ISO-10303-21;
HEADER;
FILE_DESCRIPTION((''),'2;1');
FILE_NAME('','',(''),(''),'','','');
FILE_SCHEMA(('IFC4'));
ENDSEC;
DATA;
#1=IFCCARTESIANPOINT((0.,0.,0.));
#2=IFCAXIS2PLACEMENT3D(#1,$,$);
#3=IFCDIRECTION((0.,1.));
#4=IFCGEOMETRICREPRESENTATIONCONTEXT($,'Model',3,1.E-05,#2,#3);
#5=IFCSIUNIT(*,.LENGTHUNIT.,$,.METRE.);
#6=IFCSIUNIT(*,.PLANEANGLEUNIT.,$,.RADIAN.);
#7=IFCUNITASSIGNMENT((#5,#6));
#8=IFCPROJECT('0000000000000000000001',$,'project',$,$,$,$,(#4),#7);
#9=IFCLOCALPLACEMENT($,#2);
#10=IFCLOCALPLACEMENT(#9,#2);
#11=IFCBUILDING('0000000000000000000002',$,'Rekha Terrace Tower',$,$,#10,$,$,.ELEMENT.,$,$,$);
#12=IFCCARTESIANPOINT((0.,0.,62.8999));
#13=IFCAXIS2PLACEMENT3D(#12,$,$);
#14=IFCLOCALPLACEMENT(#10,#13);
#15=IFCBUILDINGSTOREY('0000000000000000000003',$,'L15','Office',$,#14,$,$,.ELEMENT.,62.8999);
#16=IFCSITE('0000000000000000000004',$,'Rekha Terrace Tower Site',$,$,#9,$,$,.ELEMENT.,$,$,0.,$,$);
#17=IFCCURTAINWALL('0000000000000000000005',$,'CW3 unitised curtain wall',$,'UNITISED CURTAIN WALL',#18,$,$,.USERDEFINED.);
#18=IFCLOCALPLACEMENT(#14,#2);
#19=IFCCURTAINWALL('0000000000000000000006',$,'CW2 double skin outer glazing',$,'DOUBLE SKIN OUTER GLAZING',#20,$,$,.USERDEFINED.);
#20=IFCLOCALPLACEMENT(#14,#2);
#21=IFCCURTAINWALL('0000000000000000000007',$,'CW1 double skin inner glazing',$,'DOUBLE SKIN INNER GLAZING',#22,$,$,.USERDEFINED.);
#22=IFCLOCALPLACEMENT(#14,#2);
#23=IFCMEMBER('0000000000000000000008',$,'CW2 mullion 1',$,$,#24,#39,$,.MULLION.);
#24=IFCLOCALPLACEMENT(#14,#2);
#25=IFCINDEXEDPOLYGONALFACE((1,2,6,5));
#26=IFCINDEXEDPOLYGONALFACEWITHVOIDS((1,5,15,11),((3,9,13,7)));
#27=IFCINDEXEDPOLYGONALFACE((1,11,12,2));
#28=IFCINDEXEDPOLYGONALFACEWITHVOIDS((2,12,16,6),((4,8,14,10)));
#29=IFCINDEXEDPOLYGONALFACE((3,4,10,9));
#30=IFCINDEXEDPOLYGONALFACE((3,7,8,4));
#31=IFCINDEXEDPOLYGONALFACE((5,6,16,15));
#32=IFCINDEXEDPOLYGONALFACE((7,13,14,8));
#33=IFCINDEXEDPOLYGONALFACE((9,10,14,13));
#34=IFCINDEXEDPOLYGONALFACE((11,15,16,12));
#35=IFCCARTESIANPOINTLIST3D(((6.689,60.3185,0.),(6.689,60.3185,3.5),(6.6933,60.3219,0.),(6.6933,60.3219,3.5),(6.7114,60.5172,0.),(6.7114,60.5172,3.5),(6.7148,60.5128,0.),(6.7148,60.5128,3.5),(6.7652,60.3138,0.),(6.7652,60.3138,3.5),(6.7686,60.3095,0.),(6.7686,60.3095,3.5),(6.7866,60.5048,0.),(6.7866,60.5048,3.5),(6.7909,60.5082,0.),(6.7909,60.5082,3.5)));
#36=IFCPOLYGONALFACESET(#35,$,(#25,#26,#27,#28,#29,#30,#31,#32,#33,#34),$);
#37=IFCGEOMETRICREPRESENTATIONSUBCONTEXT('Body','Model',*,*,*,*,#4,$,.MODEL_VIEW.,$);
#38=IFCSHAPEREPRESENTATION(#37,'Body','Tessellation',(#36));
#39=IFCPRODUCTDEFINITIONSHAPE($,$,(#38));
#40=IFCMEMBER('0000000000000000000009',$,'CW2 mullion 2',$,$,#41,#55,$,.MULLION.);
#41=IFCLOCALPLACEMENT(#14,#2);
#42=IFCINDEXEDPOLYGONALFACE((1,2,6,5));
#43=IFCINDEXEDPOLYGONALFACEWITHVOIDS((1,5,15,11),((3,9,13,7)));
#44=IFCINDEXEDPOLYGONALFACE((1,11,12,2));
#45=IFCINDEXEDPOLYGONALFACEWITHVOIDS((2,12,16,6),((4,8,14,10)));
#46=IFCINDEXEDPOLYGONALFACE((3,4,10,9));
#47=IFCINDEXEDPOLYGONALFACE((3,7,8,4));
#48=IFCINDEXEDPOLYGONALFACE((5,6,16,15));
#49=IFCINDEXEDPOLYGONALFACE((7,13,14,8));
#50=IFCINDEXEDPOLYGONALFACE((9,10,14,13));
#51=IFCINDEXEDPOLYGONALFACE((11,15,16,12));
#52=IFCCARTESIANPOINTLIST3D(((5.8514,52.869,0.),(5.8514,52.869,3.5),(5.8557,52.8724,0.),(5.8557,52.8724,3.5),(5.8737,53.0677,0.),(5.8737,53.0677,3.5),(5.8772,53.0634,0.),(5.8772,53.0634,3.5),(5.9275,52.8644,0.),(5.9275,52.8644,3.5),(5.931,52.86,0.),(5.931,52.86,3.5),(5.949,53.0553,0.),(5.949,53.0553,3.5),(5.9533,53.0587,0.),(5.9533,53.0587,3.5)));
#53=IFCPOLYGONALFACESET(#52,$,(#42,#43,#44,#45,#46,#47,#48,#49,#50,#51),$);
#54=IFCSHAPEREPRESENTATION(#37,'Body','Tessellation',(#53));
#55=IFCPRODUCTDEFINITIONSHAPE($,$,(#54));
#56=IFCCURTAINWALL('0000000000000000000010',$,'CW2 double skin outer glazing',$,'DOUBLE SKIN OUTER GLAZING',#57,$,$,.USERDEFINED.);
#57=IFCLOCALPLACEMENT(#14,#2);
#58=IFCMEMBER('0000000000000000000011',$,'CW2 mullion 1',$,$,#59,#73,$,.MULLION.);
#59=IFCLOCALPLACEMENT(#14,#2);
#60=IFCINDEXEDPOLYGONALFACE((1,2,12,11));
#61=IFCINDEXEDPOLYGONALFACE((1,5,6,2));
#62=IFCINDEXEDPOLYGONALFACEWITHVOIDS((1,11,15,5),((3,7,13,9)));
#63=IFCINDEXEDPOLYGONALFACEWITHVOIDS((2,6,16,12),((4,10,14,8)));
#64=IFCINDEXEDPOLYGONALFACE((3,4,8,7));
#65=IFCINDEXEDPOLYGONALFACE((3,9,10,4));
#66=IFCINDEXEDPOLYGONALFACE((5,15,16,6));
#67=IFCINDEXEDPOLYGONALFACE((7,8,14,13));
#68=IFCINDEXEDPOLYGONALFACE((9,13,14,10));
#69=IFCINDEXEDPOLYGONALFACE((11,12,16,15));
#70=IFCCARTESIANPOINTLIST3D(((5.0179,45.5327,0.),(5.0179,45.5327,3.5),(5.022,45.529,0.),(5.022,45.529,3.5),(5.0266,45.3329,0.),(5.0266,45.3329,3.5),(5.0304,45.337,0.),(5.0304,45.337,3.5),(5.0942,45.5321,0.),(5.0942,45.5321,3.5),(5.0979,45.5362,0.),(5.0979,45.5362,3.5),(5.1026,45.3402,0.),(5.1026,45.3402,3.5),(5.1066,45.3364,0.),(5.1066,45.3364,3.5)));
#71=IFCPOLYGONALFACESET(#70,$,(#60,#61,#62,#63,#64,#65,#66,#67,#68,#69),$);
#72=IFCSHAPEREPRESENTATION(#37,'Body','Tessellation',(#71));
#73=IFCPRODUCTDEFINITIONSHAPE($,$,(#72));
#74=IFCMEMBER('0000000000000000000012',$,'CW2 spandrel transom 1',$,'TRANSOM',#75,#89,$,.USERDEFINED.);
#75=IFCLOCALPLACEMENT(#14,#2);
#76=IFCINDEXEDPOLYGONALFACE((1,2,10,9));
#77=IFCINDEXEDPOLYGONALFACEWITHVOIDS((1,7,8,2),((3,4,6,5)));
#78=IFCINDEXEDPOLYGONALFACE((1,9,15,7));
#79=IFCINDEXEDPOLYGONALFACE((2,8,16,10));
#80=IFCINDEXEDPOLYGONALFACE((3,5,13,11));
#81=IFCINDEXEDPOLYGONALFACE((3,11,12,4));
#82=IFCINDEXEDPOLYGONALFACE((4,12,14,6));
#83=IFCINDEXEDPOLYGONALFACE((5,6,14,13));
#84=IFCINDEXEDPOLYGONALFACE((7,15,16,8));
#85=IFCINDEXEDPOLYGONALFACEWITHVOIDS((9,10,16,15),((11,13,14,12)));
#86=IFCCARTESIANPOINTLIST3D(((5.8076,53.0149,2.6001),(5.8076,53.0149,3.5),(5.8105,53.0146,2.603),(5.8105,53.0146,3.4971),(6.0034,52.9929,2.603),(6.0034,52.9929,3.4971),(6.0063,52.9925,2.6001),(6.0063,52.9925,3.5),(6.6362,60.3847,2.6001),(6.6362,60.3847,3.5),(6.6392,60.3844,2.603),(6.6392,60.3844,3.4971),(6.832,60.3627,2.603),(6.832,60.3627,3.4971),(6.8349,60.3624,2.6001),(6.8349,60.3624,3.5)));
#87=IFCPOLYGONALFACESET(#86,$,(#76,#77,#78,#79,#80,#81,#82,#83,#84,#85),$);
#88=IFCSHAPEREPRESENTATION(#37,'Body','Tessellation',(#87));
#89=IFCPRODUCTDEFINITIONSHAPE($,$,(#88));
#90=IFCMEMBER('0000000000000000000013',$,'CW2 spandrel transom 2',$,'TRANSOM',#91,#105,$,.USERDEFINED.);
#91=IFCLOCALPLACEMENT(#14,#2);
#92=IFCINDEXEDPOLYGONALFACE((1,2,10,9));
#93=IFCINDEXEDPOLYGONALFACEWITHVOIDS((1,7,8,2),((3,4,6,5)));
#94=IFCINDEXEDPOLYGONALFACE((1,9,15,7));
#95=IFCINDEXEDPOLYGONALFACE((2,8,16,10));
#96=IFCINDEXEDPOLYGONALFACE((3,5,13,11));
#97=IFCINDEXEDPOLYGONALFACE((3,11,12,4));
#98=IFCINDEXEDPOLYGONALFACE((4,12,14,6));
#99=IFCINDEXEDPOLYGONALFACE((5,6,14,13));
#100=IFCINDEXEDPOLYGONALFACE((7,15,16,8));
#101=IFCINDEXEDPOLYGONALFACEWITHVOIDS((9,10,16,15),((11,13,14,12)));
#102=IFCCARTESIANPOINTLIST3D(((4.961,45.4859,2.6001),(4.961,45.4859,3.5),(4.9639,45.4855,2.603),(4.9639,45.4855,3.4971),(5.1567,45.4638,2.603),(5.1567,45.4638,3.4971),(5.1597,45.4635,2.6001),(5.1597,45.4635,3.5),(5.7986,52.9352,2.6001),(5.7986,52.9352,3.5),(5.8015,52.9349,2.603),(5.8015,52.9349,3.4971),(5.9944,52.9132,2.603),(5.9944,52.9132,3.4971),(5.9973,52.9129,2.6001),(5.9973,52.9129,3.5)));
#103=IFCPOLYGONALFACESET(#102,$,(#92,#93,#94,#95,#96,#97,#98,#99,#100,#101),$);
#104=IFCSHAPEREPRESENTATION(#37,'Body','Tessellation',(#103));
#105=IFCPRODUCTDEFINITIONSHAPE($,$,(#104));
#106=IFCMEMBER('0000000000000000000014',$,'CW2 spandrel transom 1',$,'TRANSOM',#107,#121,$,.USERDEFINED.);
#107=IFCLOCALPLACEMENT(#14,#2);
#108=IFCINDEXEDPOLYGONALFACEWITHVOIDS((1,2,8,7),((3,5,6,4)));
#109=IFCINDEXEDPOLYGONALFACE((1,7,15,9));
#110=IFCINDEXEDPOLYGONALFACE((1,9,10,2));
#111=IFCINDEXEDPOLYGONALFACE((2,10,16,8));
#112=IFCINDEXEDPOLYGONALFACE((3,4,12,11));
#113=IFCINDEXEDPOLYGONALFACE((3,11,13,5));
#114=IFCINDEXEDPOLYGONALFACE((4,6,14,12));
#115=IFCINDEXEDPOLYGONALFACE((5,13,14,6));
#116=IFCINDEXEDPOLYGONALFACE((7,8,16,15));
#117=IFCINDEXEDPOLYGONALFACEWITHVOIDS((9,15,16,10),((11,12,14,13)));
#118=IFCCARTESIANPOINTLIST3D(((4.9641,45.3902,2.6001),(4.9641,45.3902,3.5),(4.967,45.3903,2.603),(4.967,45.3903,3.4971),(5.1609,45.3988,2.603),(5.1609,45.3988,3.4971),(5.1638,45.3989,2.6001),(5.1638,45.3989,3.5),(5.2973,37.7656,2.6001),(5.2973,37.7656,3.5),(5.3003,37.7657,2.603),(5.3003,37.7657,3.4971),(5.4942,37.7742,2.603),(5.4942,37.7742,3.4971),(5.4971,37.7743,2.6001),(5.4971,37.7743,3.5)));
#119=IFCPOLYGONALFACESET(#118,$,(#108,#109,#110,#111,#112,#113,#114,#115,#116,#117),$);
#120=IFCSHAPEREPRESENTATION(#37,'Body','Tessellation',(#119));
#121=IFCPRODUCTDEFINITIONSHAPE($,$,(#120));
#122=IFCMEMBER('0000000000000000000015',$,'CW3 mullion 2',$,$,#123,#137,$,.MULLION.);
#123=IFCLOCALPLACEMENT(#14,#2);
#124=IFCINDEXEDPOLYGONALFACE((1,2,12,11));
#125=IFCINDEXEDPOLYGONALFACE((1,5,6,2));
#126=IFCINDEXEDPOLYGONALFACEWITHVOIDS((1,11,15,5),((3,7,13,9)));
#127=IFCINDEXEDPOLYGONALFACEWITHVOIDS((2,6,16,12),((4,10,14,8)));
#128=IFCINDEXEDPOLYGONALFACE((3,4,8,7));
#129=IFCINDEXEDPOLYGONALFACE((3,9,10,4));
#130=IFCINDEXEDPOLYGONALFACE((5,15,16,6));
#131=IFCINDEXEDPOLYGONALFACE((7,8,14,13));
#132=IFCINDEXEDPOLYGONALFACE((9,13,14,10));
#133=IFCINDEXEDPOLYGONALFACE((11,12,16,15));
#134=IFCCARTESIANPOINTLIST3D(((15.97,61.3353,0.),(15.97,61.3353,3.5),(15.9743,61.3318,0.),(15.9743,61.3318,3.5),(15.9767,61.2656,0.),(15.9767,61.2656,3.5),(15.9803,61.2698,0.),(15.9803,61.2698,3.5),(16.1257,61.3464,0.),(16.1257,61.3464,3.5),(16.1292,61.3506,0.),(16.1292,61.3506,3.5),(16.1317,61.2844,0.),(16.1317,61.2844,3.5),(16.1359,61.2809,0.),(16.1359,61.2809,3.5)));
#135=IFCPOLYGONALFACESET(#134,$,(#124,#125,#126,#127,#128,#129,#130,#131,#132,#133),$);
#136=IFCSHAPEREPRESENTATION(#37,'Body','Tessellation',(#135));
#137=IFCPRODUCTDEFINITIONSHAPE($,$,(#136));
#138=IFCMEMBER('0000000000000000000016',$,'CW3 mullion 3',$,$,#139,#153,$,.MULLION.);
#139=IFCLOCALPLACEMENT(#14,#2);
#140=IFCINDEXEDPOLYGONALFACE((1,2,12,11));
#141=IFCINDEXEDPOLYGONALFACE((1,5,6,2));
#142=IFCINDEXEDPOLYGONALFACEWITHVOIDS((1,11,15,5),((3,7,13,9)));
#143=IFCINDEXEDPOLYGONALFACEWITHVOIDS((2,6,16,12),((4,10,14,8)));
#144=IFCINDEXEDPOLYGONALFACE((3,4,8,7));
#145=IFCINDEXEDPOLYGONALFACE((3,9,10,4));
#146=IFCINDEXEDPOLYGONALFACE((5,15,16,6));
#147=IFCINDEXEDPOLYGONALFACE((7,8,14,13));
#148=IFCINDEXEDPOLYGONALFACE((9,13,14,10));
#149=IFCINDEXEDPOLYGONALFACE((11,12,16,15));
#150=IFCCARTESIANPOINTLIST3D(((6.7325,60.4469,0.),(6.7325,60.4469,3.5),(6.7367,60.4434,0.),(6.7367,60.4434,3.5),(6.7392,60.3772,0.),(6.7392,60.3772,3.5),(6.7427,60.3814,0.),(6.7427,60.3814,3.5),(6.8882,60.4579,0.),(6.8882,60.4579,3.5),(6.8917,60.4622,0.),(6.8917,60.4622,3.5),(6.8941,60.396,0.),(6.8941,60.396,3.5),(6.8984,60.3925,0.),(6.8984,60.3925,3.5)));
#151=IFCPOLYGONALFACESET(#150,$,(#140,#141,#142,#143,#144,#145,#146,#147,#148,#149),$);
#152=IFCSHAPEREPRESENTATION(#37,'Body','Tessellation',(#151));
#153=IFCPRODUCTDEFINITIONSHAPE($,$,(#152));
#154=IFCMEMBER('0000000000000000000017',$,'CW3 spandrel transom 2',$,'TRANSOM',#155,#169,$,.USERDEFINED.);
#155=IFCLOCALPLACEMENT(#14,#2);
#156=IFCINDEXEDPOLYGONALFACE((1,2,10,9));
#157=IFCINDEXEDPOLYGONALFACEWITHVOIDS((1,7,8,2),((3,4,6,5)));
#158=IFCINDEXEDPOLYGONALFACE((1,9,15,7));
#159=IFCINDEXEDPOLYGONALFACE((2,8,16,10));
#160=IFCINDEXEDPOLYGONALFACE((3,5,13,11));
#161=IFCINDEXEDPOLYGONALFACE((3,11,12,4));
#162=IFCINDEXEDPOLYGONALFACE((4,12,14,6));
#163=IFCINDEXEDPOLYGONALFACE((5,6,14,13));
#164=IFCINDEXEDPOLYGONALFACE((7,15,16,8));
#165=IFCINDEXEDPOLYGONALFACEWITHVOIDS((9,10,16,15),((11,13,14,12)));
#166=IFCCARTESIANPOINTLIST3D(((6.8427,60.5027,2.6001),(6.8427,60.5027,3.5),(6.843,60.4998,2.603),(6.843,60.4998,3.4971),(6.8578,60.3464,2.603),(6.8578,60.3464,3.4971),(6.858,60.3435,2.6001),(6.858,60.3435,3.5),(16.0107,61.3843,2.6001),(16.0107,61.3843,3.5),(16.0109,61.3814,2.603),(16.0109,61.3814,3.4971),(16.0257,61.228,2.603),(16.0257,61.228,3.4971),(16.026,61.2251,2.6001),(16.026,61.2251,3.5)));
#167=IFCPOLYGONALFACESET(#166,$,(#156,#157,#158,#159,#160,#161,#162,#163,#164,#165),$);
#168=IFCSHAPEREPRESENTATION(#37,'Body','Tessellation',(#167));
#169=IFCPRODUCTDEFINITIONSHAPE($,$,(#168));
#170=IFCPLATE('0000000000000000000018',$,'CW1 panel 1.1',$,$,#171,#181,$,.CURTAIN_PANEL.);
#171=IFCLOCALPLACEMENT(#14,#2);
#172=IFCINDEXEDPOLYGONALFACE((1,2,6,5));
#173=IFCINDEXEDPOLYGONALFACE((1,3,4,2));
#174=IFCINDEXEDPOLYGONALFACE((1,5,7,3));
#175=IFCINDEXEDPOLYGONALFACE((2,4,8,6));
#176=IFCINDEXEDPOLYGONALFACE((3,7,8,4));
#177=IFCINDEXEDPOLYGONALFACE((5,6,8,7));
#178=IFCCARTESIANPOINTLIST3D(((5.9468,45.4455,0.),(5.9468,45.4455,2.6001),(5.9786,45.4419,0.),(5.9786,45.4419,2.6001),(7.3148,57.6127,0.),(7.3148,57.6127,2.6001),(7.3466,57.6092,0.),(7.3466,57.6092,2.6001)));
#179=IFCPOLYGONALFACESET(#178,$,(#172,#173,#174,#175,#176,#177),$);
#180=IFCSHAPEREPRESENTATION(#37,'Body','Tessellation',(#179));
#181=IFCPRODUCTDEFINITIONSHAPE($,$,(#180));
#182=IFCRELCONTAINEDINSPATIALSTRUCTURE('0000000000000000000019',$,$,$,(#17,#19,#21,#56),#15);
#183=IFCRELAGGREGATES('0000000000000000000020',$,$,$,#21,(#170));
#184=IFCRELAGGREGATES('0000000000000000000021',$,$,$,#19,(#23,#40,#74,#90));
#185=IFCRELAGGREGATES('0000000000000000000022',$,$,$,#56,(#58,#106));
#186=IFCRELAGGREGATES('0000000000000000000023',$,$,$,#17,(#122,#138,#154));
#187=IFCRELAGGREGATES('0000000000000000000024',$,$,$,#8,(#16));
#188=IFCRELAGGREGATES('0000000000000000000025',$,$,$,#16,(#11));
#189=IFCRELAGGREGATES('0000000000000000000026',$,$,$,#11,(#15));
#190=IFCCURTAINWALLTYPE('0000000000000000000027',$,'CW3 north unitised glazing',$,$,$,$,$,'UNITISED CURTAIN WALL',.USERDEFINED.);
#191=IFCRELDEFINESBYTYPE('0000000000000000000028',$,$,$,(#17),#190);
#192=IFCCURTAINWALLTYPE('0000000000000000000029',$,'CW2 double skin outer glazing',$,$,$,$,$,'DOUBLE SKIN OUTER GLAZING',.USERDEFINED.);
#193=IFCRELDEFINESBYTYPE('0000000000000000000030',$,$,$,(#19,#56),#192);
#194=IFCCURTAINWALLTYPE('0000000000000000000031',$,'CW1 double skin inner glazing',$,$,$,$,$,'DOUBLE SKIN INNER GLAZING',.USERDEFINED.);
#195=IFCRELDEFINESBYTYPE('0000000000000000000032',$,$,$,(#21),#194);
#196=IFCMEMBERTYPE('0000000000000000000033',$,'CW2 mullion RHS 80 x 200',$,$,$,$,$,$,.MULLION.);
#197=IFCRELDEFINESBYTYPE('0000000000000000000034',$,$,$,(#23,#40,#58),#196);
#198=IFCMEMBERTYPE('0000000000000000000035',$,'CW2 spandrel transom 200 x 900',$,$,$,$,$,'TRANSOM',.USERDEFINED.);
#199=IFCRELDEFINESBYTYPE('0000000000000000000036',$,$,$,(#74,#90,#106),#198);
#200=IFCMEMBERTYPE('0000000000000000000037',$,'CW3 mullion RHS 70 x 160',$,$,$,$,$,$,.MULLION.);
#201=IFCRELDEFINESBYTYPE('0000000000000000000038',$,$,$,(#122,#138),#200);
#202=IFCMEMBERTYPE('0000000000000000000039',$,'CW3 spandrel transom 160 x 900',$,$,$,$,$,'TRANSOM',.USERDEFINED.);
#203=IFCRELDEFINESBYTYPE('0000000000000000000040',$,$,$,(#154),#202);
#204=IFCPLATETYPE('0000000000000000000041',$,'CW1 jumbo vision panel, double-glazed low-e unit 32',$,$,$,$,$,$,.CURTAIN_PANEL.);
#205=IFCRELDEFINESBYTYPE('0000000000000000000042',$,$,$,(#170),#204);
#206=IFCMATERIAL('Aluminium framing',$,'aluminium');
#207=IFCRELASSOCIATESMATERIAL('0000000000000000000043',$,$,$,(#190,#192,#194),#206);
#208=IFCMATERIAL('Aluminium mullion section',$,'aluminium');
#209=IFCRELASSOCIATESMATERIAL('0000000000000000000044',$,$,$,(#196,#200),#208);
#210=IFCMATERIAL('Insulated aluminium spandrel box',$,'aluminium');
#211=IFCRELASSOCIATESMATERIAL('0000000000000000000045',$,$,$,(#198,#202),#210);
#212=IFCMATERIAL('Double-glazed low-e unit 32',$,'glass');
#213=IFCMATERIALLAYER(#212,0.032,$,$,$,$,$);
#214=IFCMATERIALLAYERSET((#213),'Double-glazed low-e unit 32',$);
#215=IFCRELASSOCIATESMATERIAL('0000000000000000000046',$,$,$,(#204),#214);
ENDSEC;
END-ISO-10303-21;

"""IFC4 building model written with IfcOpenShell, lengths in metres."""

from ifc_helpers import new_model, si_unit, direction, frame, origin, origin_2d, place, context, subcontext, project, spatial, rectangle, hollow_rectangle, extrude, material, layer, layer_set, material_profile, profile_set, type_object, element, aggregate, save


model = new_model("IFC4")

# Units and contexts
model_context = context("Model", 3, precision=1e-05, world=origin(), true_north=direction((0.0, 1.0)))
body_context = subcontext(model_context, "Body", "Model", "MODEL_VIEW")
ifc_project = project(units=[si_unit("LENGTHUNIT", "METRE"), si_unit("PLANEANGLEUNIT", "RADIAN")], contexts=[model_context])

# Site, building, storey
site_placement = place(None, origin())
site = spatial("IfcSite", under=ifc_project, at=site_placement, Name="Rekha Terrace Tower Site", CompositionType="ELEMENT", RefElevation=0.0)
building_placement = place(site_placement, origin())
building = spatial("IfcBuilding", under=site, at=building_placement, Name="Rekha Terrace Tower", CompositionType="ELEMENT")
storey_placement = place(building_placement, frame((0.0, 0.0, 62.8999)))
storey = spatial("IfcBuildingStorey", under=building, at=storey_placement, Name="L15", Description="Office", CompositionType="ELEMENT", Elevation=62.8999)

# Curtain walls
ifc_material_1 = material(Name="Aluminium framing", Category="aluminium")
curtain_wall_type_1 = type_object("IfcCurtainWallType", Name="CW3 north unitised glazing", ElementType="UNITISED CURTAIN WALL", PredefinedType="USERDEFINED", material=ifc_material_1)
curtain_wall_1_placement = place(storey_placement, origin())
curtain_wall_1 = element("IfcCurtainWall", 1, at=curtain_wall_1_placement, inside=storey, type_object=curtain_wall_type_1, Name="CW3 unitised curtain wall", ObjectType="UNITISED CURTAIN WALL", PredefinedType="USERDEFINED")
curtain_wall_type_2 = type_object("IfcCurtainWallType", Name="CW2 double skin outer glazing", ElementType="DOUBLE SKIN OUTER GLAZING", PredefinedType="USERDEFINED", material=ifc_material_1)
curtain_wall_2_placement = place(storey_placement, origin())
curtain_wall_2 = element("IfcCurtainWall", 2, at=curtain_wall_2_placement, inside=storey, type_object=curtain_wall_type_2, Name="CW2 double skin outer glazing", ObjectType="DOUBLE SKIN OUTER GLAZING", PredefinedType="USERDEFINED")
curtain_wall_type_3 = type_object("IfcCurtainWallType", Name="CW1 double skin inner glazing", ElementType="DOUBLE SKIN INNER GLAZING", PredefinedType="USERDEFINED", material=ifc_material_1)
curtain_wall_3_placement = place(storey_placement, origin())
curtain_wall_3 = element("IfcCurtainWall", 3, at=curtain_wall_3_placement, inside=storey, type_object=curtain_wall_type_3, Name="CW1 double skin inner glazing", ObjectType="DOUBLE SKIN INNER GLAZING", PredefinedType="USERDEFINED")
ifc_material_2 = material(Name="Aluminium mullion section", Category="aluminium")

# Members
ifc_material_3 = material(Name="Insulated aluminium spandrel box", Category="aluminium")
ifc_material_profile_1 = material_profile(ifc_material_2, hollow_rectangle(XDim=0.0801, YDim=0.2, WallThickness=0.0039, at=origin_2d()), Name="AL RHS 80x200")
ifc_profile_set_1 = profile_set([ifc_material_profile_1], Name="Aluminium mullion section")
member_type_1 = type_object("IfcMemberType", Name="CW2 mullion RHS 80 x 200", PredefinedType="MULLION", material=ifc_profile_set_1)
member_1_placement = place(storey_placement, frame((6.74, 60.4133, 0.0), z_axis=(0.0, 0.0, 1.0), x_axis=(0.993739, -0.11173, 0.0)))
member_1 = element("IfcMember", 4, at=member_1_placement, type_object=member_type_1, Name="CW2 mullion 1", PredefinedType="MULLION", context=body_context, shape_type="SweptSolid", body=[
    extrude(hollow_rectangle(XDim=0.0801, YDim=0.2, WallThickness=0.0039, at=origin_2d()), origin(), (0.0, 0.0, 1.0), 3.5),
])
member_2_placement = place(storey_placement, frame((5.9023, 52.9639, 0.0), z_axis=(0.0, 0.0, 1.0), x_axis=(0.993739, -0.11173, 0.0)))
member_2 = element("IfcMember", 5, at=member_2_placement, type_object=member_type_1, Name="CW2 mullion 2", PredefinedType="MULLION", context=body_context, shape_type="SweptSolid", body=[
    extrude(hollow_rectangle(XDim=0.0801, YDim=0.2, WallThickness=0.0039, at=origin_2d()), origin(), (0.0, 0.0, 1.0), 3.5),
])

# Curtain wall, member
curtain_wall_4_placement = place(storey_placement, origin())
curtain_wall_4 = element("IfcCurtainWall", 6, at=curtain_wall_4_placement, inside=storey, type_object=curtain_wall_type_2, Name="CW2 double skin outer glazing", ObjectType="DOUBLE SKIN OUTER GLAZING", PredefinedType="USERDEFINED")
member_3_placement = place(storey_placement, frame((5.0623, 45.4346, 0.0), z_axis=(0.0, 0.0, 1.0), x_axis=(0.999045, 0.043683, 0.0)))
member_3 = element("IfcMember", 7, at=member_3_placement, type_object=member_type_1, Name="CW2 mullion 1", PredefinedType="MULLION", context=body_context, shape_type="SweptSolid", body=[
    extrude(hollow_rectangle(XDim=0.0801, YDim=0.2, WallThickness=0.0039, at=origin_2d()), origin(), (0.0, 0.0, 1.0), 3.5),
])

# Members
ifc_material_profile_2 = material_profile(ifc_material_3, hollow_rectangle(XDim=0.2, YDim=0.8999, WallThickness=0.0029, at=origin_2d()), Name="AL SPANDREL BOX 200x900")
ifc_profile_set_2 = profile_set([ifc_material_profile_2], Name="Insulated aluminium spandrel box")
member_type_2 = type_object("IfcMemberType", Name="CW2 spandrel transom 200 x 900", ElementType="TRANSOM", PredefinedType="USERDEFINED", material=ifc_profile_set_2)
member_4_placement = place(storey_placement, frame((6.7356, 60.3735, 3.05), z_axis=(-0.111729, -0.993739, 0.0), x_axis=(0.993739, -0.111729, 0.0)))
member_4 = element("IfcMember", 8, at=member_4_placement, type_object=member_type_2, Name="CW2 spandrel transom 1", ObjectType="TRANSOM", PredefinedType="USERDEFINED", context=body_context, shape_type="SweptSolid", body=[
    extrude(hollow_rectangle(XDim=0.2, YDim=0.8999, WallThickness=0.0029, at=origin_2d()), origin(), (0.0, 0.0, 1.0), 7.4163),
])
member_5_placement = place(storey_placement, frame((5.8979, 52.9241, 3.05), z_axis=(-0.11174, -0.993738, 0.0), x_axis=(0.993738, -0.11174, 0.0)))
member_5 = element("IfcMember", 9, at=member_5_placement, type_object=member_type_2, Name="CW2 spandrel transom 2", ObjectType="TRANSOM", PredefinedType="USERDEFINED", context=body_context, shape_type="SweptSolid", body=[
    extrude(hollow_rectangle(XDim=0.2, YDim=0.8999, WallThickness=0.0029, at=origin_2d()), origin(), (0.0, 0.0, 1.0), 7.4963),
])
member_6_placement = place(storey_placement, frame((5.064, 45.3945, 3.05), z_axis=(0.043666, -0.999046, 0.0), x_axis=(0.999046, 0.043666, 0.0)))
member_6 = element("IfcMember", 10, at=member_6_placement, type_object=member_type_2, Name="CW2 spandrel transom 1", ObjectType="TRANSOM", PredefinedType="USERDEFINED", context=body_context, shape_type="SweptSolid", body=[
    extrude(hollow_rectangle(XDim=0.2, YDim=0.8999, WallThickness=0.0029, at=origin_2d()), origin(), (0.0, 0.0, 1.0), 7.6318),
])
ifc_material_profile_3 = material_profile(ifc_material_2, hollow_rectangle(XDim=0.0701, YDim=0.1599, WallThickness=0.0039, at=origin_2d()), Name="AL RHS 70x160")
ifc_profile_set_3 = profile_set([ifc_material_profile_3], Name="Aluminium mullion section")
member_type_3 = type_object("IfcMemberType", Name="CW3 mullion RHS 70 x 160", PredefinedType="MULLION", material=ifc_profile_set_3)
member_7_placement = place(storey_placement, frame((16.053, 61.3081, 0.0), z_axis=(0.0, 0.0, 1.0), x_axis=(0.095712, -0.995409, 0.0)))
member_7 = element("IfcMember", 11, at=member_7_placement, type_object=member_type_3, Name="CW3 mullion 2", PredefinedType="MULLION", context=body_context, shape_type="SweptSolid", body=[
    extrude(hollow_rectangle(XDim=0.0701, YDim=0.1599, WallThickness=0.0039, at=origin_2d()), origin(), (0.0, 0.0, 1.0), 3.5),
])
member_8_placement = place(storey_placement, frame((6.8154, 60.4197, 0.0), z_axis=(0.0, 0.0, 1.0), x_axis=(0.095712, -0.995409, 0.0)))
member_8 = element("IfcMember", 12, at=member_8_placement, type_object=member_type_3, Name="CW3 mullion 3", PredefinedType="MULLION", context=body_context, shape_type="SweptSolid", body=[
    extrude(hollow_rectangle(XDim=0.0701, YDim=0.1599, WallThickness=0.0039, at=origin_2d()), origin(), (0.0, 0.0, 1.0), 3.5),
])
ifc_material_profile_4 = material_profile(ifc_material_3, hollow_rectangle(XDim=0.1599, YDim=0.8999, WallThickness=0.0029, at=origin_2d()), Name="AL SPANDREL BOX 160x900")
ifc_profile_set_4 = profile_set([ifc_material_profile_4], Name="Insulated aluminium spandrel box")
member_type_4 = type_object("IfcMemberType", Name="CW3 spandrel transom 160 x 900", ElementType="TRANSOM", PredefinedType="USERDEFINED", material=ifc_profile_set_4)
member_9_placement = place(storey_placement, frame((16.0183, 61.3047, 3.05), z_axis=(-0.995408, -0.095718, 0.0), x_axis=(0.095718, -0.995408, 0.0)))
member_9 = element("IfcMember", 13, at=member_9_placement, type_object=member_type_4, Name="CW3 spandrel transom 2", ObjectType="TRANSOM", PredefinedType="USERDEFINED", context=body_context, shape_type="SweptSolid", body=[
    extrude(hollow_rectangle(XDim=0.1599, YDim=0.8999, WallThickness=0.0029, at=origin_2d()), origin(), (0.0, 0.0, 1.0), 9.2102),
])

# Plate
ifc_material_4 = material(Name="Double-glazed low-e unit 32", Category="glass")
ifc_layer_1 = layer(ifc_material_4, 0.032)
ifc_layer_set_1 = layer_set([ifc_layer_1], Name="Double-glazed low-e unit 32")
plate_type_1 = type_object("IfcPlateType", Name="CW1 jumbo vision panel, double-glazed low-e unit 32", PredefinedType="CURTAIN_PANEL", material=ifc_layer_set_1)
plate_1_placement = place(storey_placement, frame((6.6467, 51.5273, 0.0), z_axis=(0.0, 0.0, 1.0), x_axis=(-0.11173, -0.993739, 0.0)))
plate_1 = element("IfcPlate", 14, at=plate_1_placement, type_object=plate_type_1, Name="CW1 panel 1.1", PredefinedType="CURTAIN_PANEL", context=body_context, shape_type="SweptSolid", body=[
    extrude(rectangle(XDim=12.2439, YDim=0.032, at=origin_2d()), origin(), (0.0, 0.0, 1.0), 2.6001),
])
aggregate(curtain_wall_3, [plate_1])
aggregate(curtain_wall_2, [member_1, member_2, member_4, member_5])
aggregate(curtain_wall_4, [member_3, member_6])
aggregate(curtain_wall_1, [member_7, member_8, member_9])

save(model, "model.ifc")
